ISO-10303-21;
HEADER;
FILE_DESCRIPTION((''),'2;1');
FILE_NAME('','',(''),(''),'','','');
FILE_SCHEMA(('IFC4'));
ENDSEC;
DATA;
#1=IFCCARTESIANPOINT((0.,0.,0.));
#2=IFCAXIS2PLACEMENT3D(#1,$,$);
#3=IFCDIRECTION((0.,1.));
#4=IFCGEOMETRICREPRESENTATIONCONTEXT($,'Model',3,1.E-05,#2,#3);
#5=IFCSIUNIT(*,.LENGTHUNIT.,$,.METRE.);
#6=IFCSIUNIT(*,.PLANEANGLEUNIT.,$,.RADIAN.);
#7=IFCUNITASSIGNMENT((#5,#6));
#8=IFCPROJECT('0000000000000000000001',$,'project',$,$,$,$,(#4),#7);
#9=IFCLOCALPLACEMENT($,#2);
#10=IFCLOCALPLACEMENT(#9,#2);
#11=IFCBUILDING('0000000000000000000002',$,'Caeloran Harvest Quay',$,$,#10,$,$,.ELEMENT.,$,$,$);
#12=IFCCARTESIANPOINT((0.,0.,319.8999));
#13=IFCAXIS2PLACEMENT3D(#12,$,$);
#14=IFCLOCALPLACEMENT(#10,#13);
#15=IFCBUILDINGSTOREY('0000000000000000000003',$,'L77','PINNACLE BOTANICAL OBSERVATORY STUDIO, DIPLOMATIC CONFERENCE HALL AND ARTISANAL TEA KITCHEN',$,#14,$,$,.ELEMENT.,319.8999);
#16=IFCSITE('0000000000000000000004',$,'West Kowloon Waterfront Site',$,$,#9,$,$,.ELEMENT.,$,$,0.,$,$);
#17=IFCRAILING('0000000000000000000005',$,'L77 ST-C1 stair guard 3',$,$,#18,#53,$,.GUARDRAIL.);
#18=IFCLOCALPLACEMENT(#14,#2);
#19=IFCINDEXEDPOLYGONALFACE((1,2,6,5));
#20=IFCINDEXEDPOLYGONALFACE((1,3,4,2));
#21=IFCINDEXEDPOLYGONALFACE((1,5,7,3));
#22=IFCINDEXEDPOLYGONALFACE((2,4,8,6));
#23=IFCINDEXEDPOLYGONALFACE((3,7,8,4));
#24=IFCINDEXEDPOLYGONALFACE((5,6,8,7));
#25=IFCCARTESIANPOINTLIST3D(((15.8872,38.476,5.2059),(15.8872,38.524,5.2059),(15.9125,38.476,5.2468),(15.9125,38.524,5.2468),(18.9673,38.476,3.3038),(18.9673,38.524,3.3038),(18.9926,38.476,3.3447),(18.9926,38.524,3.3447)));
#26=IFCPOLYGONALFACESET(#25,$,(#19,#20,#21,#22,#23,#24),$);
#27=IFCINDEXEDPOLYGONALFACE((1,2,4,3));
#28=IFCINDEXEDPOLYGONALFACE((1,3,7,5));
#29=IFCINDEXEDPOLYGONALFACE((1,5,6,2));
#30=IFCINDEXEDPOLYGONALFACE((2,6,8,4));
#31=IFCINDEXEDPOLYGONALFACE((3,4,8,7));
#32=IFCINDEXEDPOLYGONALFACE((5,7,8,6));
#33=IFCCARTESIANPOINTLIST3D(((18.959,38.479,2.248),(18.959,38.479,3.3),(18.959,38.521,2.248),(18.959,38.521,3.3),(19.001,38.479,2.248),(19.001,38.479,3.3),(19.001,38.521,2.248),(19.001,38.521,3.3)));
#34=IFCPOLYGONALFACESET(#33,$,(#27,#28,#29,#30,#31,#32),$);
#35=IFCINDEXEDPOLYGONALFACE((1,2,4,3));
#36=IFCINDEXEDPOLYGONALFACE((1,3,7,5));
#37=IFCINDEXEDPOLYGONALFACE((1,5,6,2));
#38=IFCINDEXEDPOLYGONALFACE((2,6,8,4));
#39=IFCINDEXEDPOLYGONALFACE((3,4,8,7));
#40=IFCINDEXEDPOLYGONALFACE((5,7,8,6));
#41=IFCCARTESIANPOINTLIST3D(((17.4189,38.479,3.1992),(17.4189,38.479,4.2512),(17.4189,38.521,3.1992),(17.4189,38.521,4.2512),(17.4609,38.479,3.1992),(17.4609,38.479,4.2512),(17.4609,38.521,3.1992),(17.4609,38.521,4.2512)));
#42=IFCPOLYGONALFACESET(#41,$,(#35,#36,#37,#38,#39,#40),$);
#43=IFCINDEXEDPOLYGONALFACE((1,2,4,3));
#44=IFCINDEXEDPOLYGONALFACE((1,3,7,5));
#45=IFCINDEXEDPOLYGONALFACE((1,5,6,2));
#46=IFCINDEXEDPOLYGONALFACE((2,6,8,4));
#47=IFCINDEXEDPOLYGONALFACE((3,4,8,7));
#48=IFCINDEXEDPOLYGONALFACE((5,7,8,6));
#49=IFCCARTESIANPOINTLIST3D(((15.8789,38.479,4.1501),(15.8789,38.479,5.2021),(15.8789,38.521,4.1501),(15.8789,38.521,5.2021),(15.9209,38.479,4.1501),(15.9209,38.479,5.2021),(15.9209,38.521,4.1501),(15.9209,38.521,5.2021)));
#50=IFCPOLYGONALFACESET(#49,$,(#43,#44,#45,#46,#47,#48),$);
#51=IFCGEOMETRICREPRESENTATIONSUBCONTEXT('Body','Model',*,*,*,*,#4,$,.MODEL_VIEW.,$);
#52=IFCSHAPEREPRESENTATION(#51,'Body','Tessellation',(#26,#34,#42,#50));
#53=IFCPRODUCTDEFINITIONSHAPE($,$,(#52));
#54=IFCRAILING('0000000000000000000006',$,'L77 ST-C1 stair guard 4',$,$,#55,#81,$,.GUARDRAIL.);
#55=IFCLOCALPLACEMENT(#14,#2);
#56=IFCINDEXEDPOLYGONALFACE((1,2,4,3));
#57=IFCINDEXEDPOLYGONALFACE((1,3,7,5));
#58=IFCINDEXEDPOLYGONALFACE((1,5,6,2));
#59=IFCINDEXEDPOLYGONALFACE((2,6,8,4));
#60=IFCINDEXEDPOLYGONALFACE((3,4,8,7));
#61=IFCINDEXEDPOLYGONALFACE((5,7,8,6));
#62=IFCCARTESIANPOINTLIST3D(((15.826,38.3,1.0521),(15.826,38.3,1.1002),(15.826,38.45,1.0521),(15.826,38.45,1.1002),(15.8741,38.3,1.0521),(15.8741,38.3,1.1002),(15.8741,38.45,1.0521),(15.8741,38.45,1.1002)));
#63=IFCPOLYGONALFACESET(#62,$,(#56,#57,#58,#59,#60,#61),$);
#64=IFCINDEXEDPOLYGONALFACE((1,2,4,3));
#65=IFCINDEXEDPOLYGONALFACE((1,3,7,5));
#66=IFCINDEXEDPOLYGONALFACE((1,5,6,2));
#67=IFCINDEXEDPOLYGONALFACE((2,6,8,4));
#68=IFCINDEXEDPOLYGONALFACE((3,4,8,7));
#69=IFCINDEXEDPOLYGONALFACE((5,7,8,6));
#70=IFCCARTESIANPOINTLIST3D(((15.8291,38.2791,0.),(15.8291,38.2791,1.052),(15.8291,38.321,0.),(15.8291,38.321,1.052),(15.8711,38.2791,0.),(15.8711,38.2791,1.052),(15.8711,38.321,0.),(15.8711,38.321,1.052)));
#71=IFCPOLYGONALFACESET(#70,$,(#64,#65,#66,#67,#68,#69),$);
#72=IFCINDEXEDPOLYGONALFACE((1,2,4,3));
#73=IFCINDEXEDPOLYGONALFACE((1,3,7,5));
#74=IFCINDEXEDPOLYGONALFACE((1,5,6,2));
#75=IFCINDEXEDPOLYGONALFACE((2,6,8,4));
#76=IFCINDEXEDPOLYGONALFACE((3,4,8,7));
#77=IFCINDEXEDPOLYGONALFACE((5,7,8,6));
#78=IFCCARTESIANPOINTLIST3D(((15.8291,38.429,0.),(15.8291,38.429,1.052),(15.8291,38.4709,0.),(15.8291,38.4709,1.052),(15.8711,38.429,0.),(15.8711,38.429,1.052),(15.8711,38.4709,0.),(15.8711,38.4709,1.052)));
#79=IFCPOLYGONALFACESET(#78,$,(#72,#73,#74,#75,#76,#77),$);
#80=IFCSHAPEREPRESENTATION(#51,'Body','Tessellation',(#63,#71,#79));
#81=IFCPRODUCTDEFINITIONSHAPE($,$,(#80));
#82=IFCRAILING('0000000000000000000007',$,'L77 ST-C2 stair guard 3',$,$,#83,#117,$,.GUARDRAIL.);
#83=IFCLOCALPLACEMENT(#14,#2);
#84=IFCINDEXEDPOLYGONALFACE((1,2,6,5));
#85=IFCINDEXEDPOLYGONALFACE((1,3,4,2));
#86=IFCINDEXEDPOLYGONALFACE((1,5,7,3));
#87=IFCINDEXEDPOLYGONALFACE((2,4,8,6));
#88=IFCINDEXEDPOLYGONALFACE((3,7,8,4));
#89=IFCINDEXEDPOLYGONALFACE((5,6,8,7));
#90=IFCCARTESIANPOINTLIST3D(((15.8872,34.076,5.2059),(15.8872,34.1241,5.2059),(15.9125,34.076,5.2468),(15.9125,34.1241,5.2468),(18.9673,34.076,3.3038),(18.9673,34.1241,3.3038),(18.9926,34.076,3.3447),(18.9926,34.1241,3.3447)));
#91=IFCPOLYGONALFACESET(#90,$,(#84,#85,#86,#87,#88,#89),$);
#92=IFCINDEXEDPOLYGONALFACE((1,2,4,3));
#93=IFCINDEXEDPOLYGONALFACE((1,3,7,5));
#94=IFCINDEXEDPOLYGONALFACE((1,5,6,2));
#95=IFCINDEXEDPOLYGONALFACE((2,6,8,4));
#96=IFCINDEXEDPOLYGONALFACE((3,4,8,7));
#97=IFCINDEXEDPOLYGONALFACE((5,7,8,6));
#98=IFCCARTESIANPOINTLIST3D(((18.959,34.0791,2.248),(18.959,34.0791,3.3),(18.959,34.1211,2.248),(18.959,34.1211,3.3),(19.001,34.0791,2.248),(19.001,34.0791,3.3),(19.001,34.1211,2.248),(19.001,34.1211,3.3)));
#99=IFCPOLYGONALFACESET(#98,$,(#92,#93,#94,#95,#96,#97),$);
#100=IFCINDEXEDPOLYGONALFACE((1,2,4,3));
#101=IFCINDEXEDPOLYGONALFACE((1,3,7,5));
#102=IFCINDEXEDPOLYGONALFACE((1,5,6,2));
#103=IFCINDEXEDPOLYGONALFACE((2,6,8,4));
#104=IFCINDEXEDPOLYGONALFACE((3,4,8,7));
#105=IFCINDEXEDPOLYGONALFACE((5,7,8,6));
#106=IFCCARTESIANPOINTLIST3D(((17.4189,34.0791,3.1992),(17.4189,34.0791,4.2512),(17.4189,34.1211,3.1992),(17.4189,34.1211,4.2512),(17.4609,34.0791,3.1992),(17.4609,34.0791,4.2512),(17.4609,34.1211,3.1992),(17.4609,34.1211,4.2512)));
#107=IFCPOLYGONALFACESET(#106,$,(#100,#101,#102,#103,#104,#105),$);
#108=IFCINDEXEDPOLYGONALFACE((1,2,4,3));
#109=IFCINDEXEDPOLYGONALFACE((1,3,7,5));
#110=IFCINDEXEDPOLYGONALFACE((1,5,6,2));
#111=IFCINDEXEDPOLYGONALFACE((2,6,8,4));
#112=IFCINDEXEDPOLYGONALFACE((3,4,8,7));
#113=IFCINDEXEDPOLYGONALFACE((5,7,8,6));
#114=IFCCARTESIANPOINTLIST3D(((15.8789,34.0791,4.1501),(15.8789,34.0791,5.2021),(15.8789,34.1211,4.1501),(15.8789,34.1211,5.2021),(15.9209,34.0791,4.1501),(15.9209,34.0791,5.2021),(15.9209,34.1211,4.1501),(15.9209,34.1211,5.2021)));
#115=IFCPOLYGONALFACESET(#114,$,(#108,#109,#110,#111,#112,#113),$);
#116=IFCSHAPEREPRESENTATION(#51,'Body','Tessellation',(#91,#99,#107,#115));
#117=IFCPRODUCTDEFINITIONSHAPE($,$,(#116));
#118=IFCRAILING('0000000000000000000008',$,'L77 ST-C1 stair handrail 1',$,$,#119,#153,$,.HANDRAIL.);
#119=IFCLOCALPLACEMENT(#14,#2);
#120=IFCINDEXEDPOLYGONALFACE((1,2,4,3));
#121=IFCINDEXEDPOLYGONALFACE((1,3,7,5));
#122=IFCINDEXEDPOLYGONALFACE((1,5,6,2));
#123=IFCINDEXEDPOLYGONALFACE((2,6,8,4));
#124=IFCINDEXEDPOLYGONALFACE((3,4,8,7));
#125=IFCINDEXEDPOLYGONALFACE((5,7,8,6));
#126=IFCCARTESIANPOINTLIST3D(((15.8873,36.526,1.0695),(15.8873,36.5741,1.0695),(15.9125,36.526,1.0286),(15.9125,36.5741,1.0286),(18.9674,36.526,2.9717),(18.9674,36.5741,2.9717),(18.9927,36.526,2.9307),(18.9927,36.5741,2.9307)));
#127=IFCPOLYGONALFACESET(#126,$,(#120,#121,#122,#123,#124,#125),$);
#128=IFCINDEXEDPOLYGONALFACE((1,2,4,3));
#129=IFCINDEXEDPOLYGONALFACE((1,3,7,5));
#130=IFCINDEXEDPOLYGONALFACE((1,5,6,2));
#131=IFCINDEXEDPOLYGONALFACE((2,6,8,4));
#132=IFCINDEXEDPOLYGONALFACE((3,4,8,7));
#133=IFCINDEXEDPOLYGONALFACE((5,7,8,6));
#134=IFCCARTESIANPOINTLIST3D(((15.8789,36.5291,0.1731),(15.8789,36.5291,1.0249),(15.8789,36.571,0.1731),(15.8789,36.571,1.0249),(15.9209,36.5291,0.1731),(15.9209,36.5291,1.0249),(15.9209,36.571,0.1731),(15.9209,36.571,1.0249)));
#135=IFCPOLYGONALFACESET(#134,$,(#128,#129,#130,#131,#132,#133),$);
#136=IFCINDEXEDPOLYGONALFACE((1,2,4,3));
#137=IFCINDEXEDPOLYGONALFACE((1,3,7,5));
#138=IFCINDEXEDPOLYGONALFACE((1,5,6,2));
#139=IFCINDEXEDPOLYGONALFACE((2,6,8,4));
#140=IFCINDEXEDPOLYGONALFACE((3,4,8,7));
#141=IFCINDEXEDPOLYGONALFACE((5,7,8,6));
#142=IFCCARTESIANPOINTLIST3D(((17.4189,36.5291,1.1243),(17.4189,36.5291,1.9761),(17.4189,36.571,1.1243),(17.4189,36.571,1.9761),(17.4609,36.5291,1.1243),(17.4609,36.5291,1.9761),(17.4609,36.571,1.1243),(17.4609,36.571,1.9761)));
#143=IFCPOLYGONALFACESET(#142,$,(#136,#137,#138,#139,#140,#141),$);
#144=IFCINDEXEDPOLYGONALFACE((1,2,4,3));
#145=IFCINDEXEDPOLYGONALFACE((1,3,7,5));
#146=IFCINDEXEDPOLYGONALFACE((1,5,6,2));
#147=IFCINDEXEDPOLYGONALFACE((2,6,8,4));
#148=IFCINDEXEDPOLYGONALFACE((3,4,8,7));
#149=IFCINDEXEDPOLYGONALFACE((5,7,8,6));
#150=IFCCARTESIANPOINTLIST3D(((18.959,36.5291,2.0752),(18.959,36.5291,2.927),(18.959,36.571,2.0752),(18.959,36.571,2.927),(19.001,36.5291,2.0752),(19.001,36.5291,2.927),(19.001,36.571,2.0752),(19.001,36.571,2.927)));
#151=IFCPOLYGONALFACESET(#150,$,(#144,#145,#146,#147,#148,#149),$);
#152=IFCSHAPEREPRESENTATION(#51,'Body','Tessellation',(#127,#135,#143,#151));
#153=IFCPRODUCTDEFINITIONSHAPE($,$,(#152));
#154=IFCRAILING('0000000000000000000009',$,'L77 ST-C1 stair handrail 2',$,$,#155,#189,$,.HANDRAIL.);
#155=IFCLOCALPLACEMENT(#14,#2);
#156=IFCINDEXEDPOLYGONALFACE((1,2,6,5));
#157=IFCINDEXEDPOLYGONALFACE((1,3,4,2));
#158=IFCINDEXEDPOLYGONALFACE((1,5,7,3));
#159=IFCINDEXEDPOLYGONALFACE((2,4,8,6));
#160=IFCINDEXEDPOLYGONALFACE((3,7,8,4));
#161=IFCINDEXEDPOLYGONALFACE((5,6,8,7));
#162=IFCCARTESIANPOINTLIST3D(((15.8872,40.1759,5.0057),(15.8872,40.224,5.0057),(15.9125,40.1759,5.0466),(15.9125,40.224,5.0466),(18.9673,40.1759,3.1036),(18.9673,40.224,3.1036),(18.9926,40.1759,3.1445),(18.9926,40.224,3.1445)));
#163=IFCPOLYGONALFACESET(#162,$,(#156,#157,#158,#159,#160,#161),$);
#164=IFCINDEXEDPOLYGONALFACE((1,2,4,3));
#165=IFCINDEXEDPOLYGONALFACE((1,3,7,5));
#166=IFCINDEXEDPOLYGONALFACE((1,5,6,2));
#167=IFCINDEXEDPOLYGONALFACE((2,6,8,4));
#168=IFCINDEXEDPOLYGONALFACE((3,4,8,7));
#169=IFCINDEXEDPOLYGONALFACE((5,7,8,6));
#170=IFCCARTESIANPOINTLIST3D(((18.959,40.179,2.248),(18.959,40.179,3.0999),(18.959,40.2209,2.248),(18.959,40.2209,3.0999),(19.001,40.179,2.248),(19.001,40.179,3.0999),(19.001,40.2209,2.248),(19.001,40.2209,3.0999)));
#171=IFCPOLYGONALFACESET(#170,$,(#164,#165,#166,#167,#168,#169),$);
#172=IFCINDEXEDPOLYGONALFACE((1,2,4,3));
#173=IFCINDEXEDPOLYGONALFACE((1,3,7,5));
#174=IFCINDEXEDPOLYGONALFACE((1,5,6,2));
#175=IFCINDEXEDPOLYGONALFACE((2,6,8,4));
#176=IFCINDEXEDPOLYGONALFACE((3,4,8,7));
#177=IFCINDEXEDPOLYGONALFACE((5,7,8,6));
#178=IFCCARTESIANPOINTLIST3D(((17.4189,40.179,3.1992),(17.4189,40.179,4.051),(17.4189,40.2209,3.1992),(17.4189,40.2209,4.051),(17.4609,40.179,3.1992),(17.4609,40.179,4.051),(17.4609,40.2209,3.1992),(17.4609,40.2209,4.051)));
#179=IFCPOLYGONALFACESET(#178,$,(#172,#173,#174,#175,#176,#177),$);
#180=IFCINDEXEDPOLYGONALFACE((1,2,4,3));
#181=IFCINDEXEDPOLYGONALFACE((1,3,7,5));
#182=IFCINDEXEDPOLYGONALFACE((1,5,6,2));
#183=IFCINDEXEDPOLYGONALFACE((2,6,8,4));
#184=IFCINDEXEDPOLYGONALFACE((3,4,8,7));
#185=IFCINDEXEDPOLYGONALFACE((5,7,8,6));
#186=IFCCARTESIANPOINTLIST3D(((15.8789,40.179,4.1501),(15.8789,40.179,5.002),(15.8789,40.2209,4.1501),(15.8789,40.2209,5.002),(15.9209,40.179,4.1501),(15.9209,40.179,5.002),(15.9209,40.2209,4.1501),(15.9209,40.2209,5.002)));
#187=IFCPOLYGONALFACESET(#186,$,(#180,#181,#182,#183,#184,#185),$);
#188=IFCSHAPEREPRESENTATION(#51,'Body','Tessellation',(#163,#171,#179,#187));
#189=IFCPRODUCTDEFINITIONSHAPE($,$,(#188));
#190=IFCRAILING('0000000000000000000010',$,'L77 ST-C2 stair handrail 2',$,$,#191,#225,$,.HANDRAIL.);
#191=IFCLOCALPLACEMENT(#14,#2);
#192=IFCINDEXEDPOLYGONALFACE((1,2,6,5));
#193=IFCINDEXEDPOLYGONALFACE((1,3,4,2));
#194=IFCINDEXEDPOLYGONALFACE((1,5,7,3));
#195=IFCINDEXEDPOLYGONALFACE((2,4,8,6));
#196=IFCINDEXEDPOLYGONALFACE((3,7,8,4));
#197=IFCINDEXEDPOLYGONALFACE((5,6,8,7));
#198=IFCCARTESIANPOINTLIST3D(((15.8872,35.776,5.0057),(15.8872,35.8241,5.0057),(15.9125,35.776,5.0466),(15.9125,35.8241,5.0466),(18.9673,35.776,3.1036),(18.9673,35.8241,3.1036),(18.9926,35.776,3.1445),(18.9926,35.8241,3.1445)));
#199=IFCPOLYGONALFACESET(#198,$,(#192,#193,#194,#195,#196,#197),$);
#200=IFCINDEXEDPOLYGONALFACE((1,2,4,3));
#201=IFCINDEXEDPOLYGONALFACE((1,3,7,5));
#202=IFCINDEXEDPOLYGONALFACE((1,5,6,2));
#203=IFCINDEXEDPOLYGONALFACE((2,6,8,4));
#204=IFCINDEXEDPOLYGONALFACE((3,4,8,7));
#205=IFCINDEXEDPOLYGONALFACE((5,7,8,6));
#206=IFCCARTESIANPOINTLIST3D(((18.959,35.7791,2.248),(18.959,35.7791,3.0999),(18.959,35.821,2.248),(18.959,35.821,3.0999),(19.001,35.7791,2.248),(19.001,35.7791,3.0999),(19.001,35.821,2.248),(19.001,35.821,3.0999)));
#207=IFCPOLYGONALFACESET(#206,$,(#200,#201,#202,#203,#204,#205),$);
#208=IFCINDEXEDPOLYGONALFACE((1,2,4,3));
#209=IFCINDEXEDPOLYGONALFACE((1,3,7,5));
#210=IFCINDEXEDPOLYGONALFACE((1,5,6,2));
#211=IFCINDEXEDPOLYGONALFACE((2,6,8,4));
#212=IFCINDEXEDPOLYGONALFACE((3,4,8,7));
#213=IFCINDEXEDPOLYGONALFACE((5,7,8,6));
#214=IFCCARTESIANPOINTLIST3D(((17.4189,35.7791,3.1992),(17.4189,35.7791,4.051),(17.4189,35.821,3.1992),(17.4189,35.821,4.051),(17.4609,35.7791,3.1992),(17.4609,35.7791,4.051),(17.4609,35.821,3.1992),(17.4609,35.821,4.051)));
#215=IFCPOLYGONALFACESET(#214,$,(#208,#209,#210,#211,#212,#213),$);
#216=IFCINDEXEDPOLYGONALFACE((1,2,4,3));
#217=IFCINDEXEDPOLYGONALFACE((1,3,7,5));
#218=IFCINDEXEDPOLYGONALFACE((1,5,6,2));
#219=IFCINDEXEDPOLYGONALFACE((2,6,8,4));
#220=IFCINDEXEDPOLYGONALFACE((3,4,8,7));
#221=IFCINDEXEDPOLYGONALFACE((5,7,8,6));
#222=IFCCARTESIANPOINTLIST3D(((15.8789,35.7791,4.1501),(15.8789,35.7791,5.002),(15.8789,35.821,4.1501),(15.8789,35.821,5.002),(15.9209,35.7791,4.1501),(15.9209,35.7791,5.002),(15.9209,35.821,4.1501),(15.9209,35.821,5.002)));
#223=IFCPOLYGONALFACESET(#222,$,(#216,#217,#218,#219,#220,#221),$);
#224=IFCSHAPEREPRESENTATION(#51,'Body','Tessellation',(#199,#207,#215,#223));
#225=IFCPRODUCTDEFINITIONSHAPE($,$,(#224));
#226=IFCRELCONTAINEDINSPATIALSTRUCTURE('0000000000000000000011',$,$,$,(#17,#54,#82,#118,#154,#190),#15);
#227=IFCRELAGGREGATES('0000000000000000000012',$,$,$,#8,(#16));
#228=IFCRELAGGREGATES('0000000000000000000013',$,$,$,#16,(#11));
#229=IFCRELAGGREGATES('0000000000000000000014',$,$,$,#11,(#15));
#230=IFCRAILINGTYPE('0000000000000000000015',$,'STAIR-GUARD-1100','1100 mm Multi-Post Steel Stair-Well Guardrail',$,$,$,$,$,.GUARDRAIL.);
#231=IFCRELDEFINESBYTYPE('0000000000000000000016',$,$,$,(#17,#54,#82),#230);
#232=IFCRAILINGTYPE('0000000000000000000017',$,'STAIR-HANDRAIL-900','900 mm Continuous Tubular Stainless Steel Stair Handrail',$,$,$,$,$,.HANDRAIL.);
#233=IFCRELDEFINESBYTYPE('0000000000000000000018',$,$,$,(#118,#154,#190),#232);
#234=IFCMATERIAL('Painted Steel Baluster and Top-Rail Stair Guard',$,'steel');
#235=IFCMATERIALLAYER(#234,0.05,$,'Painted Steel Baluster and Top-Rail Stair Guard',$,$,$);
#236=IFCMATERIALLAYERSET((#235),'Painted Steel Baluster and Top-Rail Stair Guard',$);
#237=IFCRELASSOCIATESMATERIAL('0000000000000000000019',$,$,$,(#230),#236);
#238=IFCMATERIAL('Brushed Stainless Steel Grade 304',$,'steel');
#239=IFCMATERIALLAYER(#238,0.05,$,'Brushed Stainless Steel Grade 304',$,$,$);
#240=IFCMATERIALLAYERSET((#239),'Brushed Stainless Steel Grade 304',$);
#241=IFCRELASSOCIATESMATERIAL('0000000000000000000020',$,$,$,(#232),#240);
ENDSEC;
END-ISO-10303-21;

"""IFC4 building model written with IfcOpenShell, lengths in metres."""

from ifc_helpers import new_model, si_unit, direction, frame, origin, origin_2d, place, context, subcontext, project, spatial, rectangle, extrude, material, layer, layer_set, type_object, element, save


model = new_model("IFC4")

# Units and contexts
model_context = context("Model", 3, precision=1e-05, world=origin(), true_north=direction((0.0, 1.0)))
body_context = subcontext(model_context, "Body", "Model", "MODEL_VIEW")
ifc_project = project(units=[si_unit("LENGTHUNIT", "METRE"), si_unit("PLANEANGLEUNIT", "RADIAN")], contexts=[model_context])

# Site, building, storey
site_placement = place(None, origin())
site = spatial("IfcSite", under=ifc_project, at=site_placement, Name="West Kowloon Waterfront Site", CompositionType="ELEMENT", RefElevation=0.0)
building_placement = place(site_placement, origin())
building = spatial("IfcBuilding", under=site, at=building_placement, Name="Caeloran Harvest Quay", CompositionType="ELEMENT")
storey_placement = place(building_placement, frame((0.0, 0.0, 319.8999)))
storey = spatial("IfcBuildingStorey", under=building, at=storey_placement, Name="L77", Description="PINNACLE BOTANICAL OBSERVATORY STUDIO, DIPLOMATIC CONFERENCE HALL AND ARTISANAL TEA KITCHEN", CompositionType="ELEMENT", Elevation=319.8999)

# Railings
ifc_material_1 = material(Name="Painted Steel Baluster and Top-Rail Stair Guard", Category="steel")
ifc_layer_1 = layer(ifc_material_1, 0.05, Name="Painted Steel Baluster and Top-Rail Stair Guard")
ifc_layer_set_1 = layer_set([ifc_layer_1], Name="Painted Steel Baluster and Top-Rail Stair Guard")
railing_type_1 = type_object("IfcRailingType", Name="STAIR-GUARD-1100", Description="1100 mm Multi-Post Steel Stair-Well Guardrail", PredefinedType="GUARDRAIL", material=ifc_layer_set_1)
railing_1_placement = place(storey_placement, frame((18.98, 38.5, 2.248)))
element("IfcRailing", 1, at=railing_1_placement, inside=storey, type_object=railing_type_1, Name="L77 ST-C1 stair guard 3", PredefinedType="GUARDRAIL", context=body_context, shape_type="SweptSolid", body=[
    extrude(rectangle(XDim=0.0481, YDim=0.0481, at=origin_2d()), frame((0.0, 0.0, 1.0762), z_axis=(-0.850835, 0.0, 0.525433), x_axis=(0.0, -1.0, 0.0)), (0.0, 0.0, 1.0), 3.6201),
    extrude(rectangle(XDim=0.042, YDim=0.042, at=origin_2d()), origin(), (0.0, 0.0, 1.0), 1.052),
    extrude(rectangle(XDim=0.042, YDim=0.042, at=origin_2d()), frame((-1.54, 0.0, 0.9512)), (0.0, 0.0, 1.0), 1.052),
    extrude(rectangle(XDim=0.042, YDim=0.042, at=origin_2d()), frame((-3.0801, 0.0, 1.9021)), (0.0, 0.0, 1.0), 1.052),
])
railing_2_placement = place(storey_placement, frame((15.8501, 38.3, 0.0)))
element("IfcRailing", 2, at=railing_2_placement, inside=storey, type_object=railing_type_1, Name="L77 ST-C1 stair guard 4", PredefinedType="GUARDRAIL", context=body_context, shape_type="SweptSolid", body=[
    extrude(rectangle(XDim=0.0481, YDim=0.0481, at=origin_2d()), frame((0.0, 0.0, 1.0762), z_axis=(0.0, 1.0, 0.0), x_axis=(-1.0, 0.0, 0.0)), (0.0, 0.0, 1.0), 0.1499),
    extrude(rectangle(XDim=0.042, YDim=0.042, at=origin_2d()), origin(), (0.0, 0.0, 1.0), 1.052),
    extrude(rectangle(XDim=0.042, YDim=0.042, at=origin_2d()), frame((0.0, 0.1499, 0.0)), (0.0, 0.0, 1.0), 1.052),
])
railing_3_placement = place(storey_placement, frame((18.98, 34.1001, 2.248)))
element("IfcRailing", 3, at=railing_3_placement, inside=storey, type_object=railing_type_1, Name="L77 ST-C2 stair guard 3", PredefinedType="GUARDRAIL", context=body_context, shape_type="SweptSolid", body=[
    extrude(rectangle(XDim=0.0481, YDim=0.0481, at=origin_2d()), frame((0.0, 0.0, 1.0762), z_axis=(-0.850835, 0.0, 0.525433), x_axis=(0.0, -1.0, 0.0)), (0.0, 0.0, 1.0), 3.6201),
    extrude(rectangle(XDim=0.042, YDim=0.042, at=origin_2d()), origin(), (0.0, 0.0, 1.0), 1.052),
    extrude(rectangle(XDim=0.042, YDim=0.042, at=origin_2d()), frame((-1.54, 0.0, 0.9512)), (0.0, 0.0, 1.0), 1.052),
    extrude(rectangle(XDim=0.042, YDim=0.042, at=origin_2d()), frame((-3.0801, 0.0, 1.9021)), (0.0, 0.0, 1.0), 1.052),
])
ifc_material_2 = material(Name="Brushed Stainless Steel Grade 304", Category="steel")
ifc_layer_2 = layer(ifc_material_2, 0.05, Name="Brushed Stainless Steel Grade 304")
ifc_layer_set_2 = layer_set([ifc_layer_2], Name="Brushed Stainless Steel Grade 304")
railing_type_2 = type_object("IfcRailingType", Name="STAIR-HANDRAIL-900", Description="900 mm Continuous Tubular Stainless Steel Stair Handrail", PredefinedType="HANDRAIL", material=ifc_layer_set_2)
railing_4_placement = place(storey_placement, frame((15.8999, 36.55, 0.1731)))
element("IfcRailing", 4, at=railing_4_placement, inside=storey, type_object=railing_type_2, Name="L77 ST-C1 stair handrail 1", PredefinedType="HANDRAIL", context=body_context, shape_type="SweptSolid", body=[
    extrude(rectangle(XDim=0.0481, YDim=0.0481, at=origin_2d()), frame((0.0, 0.0, 0.876), z_axis=(0.850835, 0.0, 0.525433), x_axis=(0.0, 1.0, 0.0)), (0.0, 0.0, 1.0), 3.6201),
    extrude(rectangle(XDim=0.042, YDim=0.042, at=origin_2d()), origin(), (0.0, 0.0, 1.0), 0.8518),
    extrude(rectangle(XDim=0.042, YDim=0.042, at=origin_2d()), frame((1.54, 0.0, 0.9512)), (0.0, 0.0, 1.0), 0.8518),
    extrude(rectangle(XDim=0.042, YDim=0.042, at=origin_2d()), frame((3.0801, 0.0, 1.9021)), (0.0, 0.0, 1.0), 0.8518),
])
for number, where, name in (
    (5, (18.98, 40.2, 2.248), "L77 ST-C1 stair handrail 2"),
    (6, (18.98, 35.8, 2.248), "L77 ST-C2 stair handrail 2"),
):
    element("IfcRailing", number, at=place(storey_placement, frame(where)), inside=storey, type_object=railing_type_2, Name=name, PredefinedType="HANDRAIL", context=body_context, shape_type="SweptSolid", body=[
        extrude(rectangle(XDim=0.0481, YDim=0.0481, at=origin_2d()), frame((0.0, 0.0, 0.876), z_axis=(-0.850835, 0.0, 0.525433), x_axis=(0.0, -1.0, 0.0)), (0.0, 0.0, 1.0), 3.6201),
        extrude(rectangle(XDim=0.042, YDim=0.042, at=origin_2d()), origin(), (0.0, 0.0, 1.0), 0.8518),
        extrude(rectangle(XDim=0.042, YDim=0.042, at=origin_2d()), frame((-1.54, 0.0, 0.9512)), (0.0, 0.0, 1.0), 0.8518),
        extrude(rectangle(XDim=0.042, YDim=0.042, at=origin_2d()), frame((-3.0801, 0.0, 1.9021)), (0.0, 0.0, 1.0), 0.8518),
    ])

save(model, "model.ifc")
